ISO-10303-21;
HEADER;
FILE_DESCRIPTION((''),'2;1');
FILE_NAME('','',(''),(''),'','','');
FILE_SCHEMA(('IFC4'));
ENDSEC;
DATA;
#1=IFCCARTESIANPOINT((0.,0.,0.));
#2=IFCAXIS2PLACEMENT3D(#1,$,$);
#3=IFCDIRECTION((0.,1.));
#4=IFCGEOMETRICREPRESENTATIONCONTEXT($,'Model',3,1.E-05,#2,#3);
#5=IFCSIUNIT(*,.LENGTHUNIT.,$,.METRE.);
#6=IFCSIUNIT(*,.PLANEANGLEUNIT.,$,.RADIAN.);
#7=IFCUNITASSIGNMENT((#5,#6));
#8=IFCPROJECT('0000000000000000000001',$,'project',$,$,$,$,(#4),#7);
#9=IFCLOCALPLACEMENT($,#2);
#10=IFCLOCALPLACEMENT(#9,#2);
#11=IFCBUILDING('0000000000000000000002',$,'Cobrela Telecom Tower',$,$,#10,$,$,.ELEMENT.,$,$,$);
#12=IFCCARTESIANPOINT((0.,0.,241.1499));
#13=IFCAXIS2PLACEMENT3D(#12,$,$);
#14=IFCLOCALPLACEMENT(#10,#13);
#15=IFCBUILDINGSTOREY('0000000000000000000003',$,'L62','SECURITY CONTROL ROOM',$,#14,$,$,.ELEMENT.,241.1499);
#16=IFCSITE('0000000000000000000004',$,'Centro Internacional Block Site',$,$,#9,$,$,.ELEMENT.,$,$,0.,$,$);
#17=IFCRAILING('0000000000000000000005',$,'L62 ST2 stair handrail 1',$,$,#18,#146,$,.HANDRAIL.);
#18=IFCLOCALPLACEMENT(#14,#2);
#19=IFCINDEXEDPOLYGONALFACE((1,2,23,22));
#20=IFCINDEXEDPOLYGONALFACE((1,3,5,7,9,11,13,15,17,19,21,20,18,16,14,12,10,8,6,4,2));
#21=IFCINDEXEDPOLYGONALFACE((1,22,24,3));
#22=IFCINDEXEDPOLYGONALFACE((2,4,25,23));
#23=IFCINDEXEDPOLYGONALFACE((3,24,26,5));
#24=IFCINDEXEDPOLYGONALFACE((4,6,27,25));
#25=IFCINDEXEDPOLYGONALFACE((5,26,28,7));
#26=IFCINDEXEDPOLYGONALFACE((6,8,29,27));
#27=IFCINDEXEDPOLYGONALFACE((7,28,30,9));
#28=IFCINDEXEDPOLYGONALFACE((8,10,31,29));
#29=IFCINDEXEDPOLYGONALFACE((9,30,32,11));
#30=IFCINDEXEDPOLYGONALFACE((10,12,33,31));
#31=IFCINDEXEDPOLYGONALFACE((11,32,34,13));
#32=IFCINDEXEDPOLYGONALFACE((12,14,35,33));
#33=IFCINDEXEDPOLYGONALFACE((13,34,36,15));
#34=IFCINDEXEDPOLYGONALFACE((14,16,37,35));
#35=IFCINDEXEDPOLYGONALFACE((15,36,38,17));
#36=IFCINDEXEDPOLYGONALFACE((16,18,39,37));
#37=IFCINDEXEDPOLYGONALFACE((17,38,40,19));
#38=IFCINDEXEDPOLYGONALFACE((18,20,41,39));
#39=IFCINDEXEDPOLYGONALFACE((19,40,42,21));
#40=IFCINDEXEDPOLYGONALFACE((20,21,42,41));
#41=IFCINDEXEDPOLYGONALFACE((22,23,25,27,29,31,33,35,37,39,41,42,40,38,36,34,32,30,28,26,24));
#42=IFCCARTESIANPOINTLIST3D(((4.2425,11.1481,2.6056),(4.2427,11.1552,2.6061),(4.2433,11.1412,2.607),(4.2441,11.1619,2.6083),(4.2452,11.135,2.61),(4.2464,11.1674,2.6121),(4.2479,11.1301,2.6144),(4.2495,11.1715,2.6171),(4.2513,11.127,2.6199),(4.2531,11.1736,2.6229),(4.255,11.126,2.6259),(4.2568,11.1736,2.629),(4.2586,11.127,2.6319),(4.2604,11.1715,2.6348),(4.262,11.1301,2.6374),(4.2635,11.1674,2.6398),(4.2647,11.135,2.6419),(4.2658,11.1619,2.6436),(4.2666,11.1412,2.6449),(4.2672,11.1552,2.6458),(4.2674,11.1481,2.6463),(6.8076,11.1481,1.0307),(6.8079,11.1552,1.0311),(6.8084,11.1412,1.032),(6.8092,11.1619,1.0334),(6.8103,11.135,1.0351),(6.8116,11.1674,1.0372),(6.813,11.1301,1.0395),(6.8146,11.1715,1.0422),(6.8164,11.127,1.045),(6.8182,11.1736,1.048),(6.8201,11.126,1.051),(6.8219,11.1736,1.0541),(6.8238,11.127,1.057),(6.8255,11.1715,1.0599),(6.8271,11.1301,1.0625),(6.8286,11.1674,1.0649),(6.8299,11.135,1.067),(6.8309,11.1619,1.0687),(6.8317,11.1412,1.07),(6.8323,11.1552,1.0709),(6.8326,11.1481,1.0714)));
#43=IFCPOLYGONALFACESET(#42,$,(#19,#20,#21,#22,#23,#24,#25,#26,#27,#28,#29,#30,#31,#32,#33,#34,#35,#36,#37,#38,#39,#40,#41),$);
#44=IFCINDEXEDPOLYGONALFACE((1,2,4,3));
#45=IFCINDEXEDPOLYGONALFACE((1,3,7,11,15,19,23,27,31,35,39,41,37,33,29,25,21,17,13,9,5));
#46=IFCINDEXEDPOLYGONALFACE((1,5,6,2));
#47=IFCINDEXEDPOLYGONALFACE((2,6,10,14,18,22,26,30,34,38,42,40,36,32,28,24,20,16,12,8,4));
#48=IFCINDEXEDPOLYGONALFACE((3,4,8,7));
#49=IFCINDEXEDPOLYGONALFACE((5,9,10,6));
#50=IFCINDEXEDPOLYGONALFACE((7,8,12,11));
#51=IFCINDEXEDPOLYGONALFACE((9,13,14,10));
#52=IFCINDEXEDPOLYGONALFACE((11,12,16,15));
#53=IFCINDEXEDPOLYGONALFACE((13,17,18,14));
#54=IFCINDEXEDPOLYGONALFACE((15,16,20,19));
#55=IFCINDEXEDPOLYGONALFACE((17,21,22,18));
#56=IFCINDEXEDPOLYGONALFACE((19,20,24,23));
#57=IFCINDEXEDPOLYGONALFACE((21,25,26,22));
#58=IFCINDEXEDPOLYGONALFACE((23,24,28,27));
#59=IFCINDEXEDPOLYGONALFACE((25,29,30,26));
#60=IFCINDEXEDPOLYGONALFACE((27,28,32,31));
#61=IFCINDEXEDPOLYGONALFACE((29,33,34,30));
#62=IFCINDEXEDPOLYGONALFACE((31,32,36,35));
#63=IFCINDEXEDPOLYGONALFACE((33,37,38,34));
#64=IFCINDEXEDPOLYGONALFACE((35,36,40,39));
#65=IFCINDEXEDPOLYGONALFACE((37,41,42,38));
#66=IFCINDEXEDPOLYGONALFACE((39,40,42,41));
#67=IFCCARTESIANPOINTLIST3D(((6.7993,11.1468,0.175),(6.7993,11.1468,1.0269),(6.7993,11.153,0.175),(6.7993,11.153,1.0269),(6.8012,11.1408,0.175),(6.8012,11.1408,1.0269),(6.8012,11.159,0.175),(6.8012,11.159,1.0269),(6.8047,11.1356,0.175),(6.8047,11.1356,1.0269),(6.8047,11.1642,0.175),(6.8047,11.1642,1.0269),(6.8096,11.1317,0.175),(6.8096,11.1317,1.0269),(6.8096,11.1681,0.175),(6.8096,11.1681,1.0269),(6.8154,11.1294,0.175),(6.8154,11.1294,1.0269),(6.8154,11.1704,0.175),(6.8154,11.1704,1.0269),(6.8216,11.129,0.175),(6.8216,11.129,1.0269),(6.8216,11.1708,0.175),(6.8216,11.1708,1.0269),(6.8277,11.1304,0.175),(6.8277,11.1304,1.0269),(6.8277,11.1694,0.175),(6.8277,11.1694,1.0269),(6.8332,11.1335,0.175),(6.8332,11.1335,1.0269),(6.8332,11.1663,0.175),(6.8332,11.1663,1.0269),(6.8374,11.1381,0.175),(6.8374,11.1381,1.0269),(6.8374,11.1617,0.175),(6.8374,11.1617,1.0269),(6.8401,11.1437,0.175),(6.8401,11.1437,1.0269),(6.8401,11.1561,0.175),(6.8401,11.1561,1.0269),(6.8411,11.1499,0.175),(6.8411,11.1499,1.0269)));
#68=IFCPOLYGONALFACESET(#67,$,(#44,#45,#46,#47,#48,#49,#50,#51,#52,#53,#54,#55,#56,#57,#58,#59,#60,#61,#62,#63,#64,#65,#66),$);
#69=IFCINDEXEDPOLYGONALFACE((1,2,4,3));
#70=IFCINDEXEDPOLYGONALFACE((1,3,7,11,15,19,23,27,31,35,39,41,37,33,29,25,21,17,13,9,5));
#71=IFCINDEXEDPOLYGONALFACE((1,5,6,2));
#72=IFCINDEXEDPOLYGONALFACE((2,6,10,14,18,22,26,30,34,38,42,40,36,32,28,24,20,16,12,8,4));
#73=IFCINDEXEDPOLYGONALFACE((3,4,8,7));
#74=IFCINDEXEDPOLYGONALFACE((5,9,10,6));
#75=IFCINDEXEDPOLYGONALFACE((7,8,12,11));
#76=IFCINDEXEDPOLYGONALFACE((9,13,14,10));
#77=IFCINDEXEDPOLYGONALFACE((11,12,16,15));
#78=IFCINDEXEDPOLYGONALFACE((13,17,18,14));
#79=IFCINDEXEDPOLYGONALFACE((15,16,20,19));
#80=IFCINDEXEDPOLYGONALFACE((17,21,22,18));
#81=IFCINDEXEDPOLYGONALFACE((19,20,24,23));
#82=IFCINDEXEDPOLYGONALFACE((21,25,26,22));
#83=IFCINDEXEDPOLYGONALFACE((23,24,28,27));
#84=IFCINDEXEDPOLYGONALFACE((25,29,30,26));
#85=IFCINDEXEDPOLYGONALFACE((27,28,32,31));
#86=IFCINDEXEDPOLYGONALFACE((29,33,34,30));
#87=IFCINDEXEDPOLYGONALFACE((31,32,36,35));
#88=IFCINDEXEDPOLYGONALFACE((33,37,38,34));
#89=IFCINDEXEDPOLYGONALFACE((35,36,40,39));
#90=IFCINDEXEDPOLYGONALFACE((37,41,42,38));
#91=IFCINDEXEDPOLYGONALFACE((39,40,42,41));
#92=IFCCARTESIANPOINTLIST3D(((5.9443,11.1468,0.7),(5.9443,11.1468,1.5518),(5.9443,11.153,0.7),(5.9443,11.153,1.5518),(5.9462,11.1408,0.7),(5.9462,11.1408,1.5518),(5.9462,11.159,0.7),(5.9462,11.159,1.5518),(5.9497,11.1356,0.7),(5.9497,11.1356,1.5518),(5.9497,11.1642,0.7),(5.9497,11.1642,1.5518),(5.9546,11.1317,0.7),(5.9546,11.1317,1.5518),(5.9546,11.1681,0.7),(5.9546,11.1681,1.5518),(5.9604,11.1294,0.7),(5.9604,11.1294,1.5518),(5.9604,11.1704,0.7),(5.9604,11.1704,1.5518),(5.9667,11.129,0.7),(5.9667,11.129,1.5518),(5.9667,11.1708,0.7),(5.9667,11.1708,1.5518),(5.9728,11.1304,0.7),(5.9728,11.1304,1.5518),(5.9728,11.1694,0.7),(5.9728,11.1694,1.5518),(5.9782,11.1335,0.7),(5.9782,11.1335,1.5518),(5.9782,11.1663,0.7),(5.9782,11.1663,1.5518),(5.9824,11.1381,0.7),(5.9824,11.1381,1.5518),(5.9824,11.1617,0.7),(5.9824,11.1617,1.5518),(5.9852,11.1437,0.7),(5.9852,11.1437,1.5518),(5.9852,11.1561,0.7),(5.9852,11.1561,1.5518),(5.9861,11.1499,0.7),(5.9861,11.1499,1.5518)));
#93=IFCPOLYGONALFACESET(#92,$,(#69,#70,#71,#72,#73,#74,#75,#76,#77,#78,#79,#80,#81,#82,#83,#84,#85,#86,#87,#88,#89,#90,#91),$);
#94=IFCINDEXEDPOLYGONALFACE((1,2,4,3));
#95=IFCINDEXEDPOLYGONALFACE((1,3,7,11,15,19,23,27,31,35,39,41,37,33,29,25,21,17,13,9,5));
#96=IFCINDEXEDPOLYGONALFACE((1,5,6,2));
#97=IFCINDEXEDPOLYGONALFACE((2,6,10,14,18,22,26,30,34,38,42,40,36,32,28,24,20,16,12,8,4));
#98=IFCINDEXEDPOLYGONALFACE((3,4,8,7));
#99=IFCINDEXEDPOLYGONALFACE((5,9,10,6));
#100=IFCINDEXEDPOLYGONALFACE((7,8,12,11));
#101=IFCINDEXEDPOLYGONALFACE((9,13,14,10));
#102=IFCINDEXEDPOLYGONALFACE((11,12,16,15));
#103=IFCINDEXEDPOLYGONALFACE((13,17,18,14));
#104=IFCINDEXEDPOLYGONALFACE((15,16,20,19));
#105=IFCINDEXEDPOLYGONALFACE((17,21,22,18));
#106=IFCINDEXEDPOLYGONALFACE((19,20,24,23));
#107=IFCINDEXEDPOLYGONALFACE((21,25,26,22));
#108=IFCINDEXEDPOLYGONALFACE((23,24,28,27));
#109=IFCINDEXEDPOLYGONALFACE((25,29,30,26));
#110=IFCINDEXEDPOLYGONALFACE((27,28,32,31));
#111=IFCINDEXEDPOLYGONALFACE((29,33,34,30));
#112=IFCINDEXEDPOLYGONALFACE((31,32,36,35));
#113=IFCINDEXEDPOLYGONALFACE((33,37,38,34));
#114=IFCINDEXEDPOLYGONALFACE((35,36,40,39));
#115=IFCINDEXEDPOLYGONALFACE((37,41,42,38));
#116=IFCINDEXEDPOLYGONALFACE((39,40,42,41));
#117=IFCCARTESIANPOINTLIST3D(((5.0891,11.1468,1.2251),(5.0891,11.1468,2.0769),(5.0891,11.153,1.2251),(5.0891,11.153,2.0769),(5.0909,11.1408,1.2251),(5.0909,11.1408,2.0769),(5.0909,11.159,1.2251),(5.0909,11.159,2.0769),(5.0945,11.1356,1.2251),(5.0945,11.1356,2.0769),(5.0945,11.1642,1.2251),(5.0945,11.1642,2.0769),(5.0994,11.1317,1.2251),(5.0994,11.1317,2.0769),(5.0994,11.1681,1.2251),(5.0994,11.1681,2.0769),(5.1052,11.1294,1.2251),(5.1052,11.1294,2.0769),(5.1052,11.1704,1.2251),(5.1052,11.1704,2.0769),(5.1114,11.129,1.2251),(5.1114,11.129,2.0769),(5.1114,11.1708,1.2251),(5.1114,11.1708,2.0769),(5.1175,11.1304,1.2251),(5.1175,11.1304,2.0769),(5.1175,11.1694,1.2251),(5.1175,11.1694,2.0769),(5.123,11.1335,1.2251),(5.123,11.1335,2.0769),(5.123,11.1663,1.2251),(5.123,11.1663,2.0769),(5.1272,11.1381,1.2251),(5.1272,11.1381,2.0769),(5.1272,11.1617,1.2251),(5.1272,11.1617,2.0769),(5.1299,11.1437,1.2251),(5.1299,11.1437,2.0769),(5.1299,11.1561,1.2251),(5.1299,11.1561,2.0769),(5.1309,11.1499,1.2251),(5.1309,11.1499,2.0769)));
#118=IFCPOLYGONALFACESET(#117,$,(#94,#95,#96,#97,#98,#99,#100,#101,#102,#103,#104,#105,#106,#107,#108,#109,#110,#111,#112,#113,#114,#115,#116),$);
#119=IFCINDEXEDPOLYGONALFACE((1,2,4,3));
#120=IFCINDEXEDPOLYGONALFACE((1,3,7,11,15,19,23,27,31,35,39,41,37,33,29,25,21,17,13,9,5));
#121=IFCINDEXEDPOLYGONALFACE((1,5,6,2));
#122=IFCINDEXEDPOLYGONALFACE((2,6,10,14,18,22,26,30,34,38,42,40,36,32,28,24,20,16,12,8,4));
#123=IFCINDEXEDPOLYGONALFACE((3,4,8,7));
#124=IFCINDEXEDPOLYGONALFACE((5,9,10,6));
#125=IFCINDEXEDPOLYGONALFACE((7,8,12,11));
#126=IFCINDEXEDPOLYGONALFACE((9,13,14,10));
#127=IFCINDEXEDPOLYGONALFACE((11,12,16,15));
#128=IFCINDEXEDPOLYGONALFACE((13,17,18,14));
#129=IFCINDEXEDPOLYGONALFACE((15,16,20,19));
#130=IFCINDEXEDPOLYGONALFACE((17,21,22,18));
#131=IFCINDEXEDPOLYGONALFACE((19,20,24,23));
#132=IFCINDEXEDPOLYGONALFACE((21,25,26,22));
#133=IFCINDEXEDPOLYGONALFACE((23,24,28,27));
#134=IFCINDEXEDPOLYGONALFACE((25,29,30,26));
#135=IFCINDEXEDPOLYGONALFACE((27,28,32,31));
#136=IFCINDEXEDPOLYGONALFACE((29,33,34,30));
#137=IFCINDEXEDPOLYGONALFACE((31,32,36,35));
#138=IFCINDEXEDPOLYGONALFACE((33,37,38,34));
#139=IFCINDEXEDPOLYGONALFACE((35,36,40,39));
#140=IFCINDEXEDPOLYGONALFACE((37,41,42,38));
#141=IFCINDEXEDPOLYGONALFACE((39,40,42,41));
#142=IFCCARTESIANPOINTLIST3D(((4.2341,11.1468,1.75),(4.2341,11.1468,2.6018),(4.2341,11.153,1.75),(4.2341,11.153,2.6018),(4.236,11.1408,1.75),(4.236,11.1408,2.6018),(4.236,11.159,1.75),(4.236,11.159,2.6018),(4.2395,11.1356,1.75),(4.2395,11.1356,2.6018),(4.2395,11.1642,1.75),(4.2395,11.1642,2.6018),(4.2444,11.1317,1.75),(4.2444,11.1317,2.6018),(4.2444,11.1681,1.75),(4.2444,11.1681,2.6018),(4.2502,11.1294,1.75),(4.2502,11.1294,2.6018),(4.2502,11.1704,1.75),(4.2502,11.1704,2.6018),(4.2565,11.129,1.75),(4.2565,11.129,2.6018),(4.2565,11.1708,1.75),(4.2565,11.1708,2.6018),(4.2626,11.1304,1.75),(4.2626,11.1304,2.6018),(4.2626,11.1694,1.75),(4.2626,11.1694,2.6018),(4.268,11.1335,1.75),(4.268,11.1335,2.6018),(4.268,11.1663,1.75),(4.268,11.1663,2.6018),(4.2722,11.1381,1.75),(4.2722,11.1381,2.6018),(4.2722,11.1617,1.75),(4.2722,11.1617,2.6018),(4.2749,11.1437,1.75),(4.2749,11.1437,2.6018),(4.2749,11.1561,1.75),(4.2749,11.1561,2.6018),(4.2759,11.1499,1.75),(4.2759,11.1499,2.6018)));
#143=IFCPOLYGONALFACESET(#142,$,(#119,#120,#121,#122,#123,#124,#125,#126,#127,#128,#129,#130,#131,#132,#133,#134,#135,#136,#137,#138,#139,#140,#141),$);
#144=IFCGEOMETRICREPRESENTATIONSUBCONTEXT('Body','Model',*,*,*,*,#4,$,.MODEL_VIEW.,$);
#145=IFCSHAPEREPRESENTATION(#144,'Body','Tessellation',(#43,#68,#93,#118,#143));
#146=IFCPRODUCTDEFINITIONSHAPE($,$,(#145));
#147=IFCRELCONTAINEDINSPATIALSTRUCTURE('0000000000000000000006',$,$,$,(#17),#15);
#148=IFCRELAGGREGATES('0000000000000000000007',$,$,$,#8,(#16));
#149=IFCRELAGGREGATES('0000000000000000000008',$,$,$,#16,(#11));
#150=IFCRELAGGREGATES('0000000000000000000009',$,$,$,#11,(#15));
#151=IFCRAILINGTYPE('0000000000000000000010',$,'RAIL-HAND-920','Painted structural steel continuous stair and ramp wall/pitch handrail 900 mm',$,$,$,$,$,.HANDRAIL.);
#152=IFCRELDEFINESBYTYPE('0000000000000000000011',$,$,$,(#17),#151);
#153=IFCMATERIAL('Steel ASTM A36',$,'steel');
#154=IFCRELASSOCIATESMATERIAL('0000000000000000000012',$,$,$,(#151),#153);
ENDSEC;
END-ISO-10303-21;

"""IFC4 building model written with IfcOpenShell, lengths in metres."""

from ifc_helpers import new_model, si_unit, direction, frame, origin, origin_2d, place, context, subcontext, project, spatial, circle, extrude, material, type_object, element, save


model = new_model("IFC4")

# Units and contexts
model_context = context("Model", 3, precision=1e-05, world=origin(), true_north=direction((0.0, 1.0)))
body_context = subcontext(model_context, "Body", "Model", "MODEL_VIEW")
ifc_project = project(units=[si_unit("LENGTHUNIT", "METRE"), si_unit("PLANEANGLEUNIT", "RADIAN")], contexts=[model_context])

# Site, building, storey
site_placement = place(None, origin())
site = spatial("IfcSite", under=ifc_project, at=site_placement, Name="Centro Internacional Block Site", CompositionType="ELEMENT", RefElevation=0.0)
building_placement = place(site_placement, origin())
building = spatial("IfcBuilding", under=site, at=building_placement, Name="Cobrela Telecom Tower", CompositionType="ELEMENT")
storey_placement = place(building_placement, frame((0.0, 0.0, 241.1499)))
storey = spatial("IfcBuildingStorey", under=building, at=storey_placement, Name="L62", Description="SECURITY CONTROL ROOM", CompositionType="ELEMENT", Elevation=241.1499)

# Shared definitions
ifc_material_1 = material(Name="Steel ASTM A36", Category="steel")

# Railing
railing_type_1 = type_object("IfcRailingType", Name="RAIL-HAND-920", Description="Painted structural steel continuous stair and ramp wall/pitch handrail 900 mm", PredefinedType="HANDRAIL", material=ifc_material_1)
railing_1_placement = place(storey_placement, frame((6.8201, 11.1499, 0.175)))
element("IfcRailing", 1, at=railing_1_placement, inside=storey, type_object=railing_type_1, Name="L62 ST2 stair handrail 1", PredefinedType="HANDRAIL", context=body_context, shape_type="SweptSolid", body=[
    extrude(circle(Radius=0.0239, at=origin_2d()), frame((0.0, 0.0, 0.876), z_axis=(-0.852195, 0.0, 0.523224), x_axis=(0.0, -1.0, 0.0)), (0.0, 0.0, 1.0), 3.01),
    extrude(circle(Radius=0.021, at=origin_2d()), origin(), (0.0, 0.0, 1.0), 0.8518),
    extrude(circle(Radius=0.021, at=origin_2d()), frame((-0.855, 0.0, 0.5249)), (0.0, 0.0, 1.0), 0.8518),
    extrude(circle(Radius=0.021, at=origin_2d()), frame((-1.7102, 0.0, 1.05)), (0.0, 0.0, 1.0), 0.8518),
    extrude(circle(Radius=0.021, at=origin_2d()), frame((-2.5652, 0.0, 1.575)), (0.0, 0.0, 1.0), 0.8518),
])

save(model, "model.ifc")
